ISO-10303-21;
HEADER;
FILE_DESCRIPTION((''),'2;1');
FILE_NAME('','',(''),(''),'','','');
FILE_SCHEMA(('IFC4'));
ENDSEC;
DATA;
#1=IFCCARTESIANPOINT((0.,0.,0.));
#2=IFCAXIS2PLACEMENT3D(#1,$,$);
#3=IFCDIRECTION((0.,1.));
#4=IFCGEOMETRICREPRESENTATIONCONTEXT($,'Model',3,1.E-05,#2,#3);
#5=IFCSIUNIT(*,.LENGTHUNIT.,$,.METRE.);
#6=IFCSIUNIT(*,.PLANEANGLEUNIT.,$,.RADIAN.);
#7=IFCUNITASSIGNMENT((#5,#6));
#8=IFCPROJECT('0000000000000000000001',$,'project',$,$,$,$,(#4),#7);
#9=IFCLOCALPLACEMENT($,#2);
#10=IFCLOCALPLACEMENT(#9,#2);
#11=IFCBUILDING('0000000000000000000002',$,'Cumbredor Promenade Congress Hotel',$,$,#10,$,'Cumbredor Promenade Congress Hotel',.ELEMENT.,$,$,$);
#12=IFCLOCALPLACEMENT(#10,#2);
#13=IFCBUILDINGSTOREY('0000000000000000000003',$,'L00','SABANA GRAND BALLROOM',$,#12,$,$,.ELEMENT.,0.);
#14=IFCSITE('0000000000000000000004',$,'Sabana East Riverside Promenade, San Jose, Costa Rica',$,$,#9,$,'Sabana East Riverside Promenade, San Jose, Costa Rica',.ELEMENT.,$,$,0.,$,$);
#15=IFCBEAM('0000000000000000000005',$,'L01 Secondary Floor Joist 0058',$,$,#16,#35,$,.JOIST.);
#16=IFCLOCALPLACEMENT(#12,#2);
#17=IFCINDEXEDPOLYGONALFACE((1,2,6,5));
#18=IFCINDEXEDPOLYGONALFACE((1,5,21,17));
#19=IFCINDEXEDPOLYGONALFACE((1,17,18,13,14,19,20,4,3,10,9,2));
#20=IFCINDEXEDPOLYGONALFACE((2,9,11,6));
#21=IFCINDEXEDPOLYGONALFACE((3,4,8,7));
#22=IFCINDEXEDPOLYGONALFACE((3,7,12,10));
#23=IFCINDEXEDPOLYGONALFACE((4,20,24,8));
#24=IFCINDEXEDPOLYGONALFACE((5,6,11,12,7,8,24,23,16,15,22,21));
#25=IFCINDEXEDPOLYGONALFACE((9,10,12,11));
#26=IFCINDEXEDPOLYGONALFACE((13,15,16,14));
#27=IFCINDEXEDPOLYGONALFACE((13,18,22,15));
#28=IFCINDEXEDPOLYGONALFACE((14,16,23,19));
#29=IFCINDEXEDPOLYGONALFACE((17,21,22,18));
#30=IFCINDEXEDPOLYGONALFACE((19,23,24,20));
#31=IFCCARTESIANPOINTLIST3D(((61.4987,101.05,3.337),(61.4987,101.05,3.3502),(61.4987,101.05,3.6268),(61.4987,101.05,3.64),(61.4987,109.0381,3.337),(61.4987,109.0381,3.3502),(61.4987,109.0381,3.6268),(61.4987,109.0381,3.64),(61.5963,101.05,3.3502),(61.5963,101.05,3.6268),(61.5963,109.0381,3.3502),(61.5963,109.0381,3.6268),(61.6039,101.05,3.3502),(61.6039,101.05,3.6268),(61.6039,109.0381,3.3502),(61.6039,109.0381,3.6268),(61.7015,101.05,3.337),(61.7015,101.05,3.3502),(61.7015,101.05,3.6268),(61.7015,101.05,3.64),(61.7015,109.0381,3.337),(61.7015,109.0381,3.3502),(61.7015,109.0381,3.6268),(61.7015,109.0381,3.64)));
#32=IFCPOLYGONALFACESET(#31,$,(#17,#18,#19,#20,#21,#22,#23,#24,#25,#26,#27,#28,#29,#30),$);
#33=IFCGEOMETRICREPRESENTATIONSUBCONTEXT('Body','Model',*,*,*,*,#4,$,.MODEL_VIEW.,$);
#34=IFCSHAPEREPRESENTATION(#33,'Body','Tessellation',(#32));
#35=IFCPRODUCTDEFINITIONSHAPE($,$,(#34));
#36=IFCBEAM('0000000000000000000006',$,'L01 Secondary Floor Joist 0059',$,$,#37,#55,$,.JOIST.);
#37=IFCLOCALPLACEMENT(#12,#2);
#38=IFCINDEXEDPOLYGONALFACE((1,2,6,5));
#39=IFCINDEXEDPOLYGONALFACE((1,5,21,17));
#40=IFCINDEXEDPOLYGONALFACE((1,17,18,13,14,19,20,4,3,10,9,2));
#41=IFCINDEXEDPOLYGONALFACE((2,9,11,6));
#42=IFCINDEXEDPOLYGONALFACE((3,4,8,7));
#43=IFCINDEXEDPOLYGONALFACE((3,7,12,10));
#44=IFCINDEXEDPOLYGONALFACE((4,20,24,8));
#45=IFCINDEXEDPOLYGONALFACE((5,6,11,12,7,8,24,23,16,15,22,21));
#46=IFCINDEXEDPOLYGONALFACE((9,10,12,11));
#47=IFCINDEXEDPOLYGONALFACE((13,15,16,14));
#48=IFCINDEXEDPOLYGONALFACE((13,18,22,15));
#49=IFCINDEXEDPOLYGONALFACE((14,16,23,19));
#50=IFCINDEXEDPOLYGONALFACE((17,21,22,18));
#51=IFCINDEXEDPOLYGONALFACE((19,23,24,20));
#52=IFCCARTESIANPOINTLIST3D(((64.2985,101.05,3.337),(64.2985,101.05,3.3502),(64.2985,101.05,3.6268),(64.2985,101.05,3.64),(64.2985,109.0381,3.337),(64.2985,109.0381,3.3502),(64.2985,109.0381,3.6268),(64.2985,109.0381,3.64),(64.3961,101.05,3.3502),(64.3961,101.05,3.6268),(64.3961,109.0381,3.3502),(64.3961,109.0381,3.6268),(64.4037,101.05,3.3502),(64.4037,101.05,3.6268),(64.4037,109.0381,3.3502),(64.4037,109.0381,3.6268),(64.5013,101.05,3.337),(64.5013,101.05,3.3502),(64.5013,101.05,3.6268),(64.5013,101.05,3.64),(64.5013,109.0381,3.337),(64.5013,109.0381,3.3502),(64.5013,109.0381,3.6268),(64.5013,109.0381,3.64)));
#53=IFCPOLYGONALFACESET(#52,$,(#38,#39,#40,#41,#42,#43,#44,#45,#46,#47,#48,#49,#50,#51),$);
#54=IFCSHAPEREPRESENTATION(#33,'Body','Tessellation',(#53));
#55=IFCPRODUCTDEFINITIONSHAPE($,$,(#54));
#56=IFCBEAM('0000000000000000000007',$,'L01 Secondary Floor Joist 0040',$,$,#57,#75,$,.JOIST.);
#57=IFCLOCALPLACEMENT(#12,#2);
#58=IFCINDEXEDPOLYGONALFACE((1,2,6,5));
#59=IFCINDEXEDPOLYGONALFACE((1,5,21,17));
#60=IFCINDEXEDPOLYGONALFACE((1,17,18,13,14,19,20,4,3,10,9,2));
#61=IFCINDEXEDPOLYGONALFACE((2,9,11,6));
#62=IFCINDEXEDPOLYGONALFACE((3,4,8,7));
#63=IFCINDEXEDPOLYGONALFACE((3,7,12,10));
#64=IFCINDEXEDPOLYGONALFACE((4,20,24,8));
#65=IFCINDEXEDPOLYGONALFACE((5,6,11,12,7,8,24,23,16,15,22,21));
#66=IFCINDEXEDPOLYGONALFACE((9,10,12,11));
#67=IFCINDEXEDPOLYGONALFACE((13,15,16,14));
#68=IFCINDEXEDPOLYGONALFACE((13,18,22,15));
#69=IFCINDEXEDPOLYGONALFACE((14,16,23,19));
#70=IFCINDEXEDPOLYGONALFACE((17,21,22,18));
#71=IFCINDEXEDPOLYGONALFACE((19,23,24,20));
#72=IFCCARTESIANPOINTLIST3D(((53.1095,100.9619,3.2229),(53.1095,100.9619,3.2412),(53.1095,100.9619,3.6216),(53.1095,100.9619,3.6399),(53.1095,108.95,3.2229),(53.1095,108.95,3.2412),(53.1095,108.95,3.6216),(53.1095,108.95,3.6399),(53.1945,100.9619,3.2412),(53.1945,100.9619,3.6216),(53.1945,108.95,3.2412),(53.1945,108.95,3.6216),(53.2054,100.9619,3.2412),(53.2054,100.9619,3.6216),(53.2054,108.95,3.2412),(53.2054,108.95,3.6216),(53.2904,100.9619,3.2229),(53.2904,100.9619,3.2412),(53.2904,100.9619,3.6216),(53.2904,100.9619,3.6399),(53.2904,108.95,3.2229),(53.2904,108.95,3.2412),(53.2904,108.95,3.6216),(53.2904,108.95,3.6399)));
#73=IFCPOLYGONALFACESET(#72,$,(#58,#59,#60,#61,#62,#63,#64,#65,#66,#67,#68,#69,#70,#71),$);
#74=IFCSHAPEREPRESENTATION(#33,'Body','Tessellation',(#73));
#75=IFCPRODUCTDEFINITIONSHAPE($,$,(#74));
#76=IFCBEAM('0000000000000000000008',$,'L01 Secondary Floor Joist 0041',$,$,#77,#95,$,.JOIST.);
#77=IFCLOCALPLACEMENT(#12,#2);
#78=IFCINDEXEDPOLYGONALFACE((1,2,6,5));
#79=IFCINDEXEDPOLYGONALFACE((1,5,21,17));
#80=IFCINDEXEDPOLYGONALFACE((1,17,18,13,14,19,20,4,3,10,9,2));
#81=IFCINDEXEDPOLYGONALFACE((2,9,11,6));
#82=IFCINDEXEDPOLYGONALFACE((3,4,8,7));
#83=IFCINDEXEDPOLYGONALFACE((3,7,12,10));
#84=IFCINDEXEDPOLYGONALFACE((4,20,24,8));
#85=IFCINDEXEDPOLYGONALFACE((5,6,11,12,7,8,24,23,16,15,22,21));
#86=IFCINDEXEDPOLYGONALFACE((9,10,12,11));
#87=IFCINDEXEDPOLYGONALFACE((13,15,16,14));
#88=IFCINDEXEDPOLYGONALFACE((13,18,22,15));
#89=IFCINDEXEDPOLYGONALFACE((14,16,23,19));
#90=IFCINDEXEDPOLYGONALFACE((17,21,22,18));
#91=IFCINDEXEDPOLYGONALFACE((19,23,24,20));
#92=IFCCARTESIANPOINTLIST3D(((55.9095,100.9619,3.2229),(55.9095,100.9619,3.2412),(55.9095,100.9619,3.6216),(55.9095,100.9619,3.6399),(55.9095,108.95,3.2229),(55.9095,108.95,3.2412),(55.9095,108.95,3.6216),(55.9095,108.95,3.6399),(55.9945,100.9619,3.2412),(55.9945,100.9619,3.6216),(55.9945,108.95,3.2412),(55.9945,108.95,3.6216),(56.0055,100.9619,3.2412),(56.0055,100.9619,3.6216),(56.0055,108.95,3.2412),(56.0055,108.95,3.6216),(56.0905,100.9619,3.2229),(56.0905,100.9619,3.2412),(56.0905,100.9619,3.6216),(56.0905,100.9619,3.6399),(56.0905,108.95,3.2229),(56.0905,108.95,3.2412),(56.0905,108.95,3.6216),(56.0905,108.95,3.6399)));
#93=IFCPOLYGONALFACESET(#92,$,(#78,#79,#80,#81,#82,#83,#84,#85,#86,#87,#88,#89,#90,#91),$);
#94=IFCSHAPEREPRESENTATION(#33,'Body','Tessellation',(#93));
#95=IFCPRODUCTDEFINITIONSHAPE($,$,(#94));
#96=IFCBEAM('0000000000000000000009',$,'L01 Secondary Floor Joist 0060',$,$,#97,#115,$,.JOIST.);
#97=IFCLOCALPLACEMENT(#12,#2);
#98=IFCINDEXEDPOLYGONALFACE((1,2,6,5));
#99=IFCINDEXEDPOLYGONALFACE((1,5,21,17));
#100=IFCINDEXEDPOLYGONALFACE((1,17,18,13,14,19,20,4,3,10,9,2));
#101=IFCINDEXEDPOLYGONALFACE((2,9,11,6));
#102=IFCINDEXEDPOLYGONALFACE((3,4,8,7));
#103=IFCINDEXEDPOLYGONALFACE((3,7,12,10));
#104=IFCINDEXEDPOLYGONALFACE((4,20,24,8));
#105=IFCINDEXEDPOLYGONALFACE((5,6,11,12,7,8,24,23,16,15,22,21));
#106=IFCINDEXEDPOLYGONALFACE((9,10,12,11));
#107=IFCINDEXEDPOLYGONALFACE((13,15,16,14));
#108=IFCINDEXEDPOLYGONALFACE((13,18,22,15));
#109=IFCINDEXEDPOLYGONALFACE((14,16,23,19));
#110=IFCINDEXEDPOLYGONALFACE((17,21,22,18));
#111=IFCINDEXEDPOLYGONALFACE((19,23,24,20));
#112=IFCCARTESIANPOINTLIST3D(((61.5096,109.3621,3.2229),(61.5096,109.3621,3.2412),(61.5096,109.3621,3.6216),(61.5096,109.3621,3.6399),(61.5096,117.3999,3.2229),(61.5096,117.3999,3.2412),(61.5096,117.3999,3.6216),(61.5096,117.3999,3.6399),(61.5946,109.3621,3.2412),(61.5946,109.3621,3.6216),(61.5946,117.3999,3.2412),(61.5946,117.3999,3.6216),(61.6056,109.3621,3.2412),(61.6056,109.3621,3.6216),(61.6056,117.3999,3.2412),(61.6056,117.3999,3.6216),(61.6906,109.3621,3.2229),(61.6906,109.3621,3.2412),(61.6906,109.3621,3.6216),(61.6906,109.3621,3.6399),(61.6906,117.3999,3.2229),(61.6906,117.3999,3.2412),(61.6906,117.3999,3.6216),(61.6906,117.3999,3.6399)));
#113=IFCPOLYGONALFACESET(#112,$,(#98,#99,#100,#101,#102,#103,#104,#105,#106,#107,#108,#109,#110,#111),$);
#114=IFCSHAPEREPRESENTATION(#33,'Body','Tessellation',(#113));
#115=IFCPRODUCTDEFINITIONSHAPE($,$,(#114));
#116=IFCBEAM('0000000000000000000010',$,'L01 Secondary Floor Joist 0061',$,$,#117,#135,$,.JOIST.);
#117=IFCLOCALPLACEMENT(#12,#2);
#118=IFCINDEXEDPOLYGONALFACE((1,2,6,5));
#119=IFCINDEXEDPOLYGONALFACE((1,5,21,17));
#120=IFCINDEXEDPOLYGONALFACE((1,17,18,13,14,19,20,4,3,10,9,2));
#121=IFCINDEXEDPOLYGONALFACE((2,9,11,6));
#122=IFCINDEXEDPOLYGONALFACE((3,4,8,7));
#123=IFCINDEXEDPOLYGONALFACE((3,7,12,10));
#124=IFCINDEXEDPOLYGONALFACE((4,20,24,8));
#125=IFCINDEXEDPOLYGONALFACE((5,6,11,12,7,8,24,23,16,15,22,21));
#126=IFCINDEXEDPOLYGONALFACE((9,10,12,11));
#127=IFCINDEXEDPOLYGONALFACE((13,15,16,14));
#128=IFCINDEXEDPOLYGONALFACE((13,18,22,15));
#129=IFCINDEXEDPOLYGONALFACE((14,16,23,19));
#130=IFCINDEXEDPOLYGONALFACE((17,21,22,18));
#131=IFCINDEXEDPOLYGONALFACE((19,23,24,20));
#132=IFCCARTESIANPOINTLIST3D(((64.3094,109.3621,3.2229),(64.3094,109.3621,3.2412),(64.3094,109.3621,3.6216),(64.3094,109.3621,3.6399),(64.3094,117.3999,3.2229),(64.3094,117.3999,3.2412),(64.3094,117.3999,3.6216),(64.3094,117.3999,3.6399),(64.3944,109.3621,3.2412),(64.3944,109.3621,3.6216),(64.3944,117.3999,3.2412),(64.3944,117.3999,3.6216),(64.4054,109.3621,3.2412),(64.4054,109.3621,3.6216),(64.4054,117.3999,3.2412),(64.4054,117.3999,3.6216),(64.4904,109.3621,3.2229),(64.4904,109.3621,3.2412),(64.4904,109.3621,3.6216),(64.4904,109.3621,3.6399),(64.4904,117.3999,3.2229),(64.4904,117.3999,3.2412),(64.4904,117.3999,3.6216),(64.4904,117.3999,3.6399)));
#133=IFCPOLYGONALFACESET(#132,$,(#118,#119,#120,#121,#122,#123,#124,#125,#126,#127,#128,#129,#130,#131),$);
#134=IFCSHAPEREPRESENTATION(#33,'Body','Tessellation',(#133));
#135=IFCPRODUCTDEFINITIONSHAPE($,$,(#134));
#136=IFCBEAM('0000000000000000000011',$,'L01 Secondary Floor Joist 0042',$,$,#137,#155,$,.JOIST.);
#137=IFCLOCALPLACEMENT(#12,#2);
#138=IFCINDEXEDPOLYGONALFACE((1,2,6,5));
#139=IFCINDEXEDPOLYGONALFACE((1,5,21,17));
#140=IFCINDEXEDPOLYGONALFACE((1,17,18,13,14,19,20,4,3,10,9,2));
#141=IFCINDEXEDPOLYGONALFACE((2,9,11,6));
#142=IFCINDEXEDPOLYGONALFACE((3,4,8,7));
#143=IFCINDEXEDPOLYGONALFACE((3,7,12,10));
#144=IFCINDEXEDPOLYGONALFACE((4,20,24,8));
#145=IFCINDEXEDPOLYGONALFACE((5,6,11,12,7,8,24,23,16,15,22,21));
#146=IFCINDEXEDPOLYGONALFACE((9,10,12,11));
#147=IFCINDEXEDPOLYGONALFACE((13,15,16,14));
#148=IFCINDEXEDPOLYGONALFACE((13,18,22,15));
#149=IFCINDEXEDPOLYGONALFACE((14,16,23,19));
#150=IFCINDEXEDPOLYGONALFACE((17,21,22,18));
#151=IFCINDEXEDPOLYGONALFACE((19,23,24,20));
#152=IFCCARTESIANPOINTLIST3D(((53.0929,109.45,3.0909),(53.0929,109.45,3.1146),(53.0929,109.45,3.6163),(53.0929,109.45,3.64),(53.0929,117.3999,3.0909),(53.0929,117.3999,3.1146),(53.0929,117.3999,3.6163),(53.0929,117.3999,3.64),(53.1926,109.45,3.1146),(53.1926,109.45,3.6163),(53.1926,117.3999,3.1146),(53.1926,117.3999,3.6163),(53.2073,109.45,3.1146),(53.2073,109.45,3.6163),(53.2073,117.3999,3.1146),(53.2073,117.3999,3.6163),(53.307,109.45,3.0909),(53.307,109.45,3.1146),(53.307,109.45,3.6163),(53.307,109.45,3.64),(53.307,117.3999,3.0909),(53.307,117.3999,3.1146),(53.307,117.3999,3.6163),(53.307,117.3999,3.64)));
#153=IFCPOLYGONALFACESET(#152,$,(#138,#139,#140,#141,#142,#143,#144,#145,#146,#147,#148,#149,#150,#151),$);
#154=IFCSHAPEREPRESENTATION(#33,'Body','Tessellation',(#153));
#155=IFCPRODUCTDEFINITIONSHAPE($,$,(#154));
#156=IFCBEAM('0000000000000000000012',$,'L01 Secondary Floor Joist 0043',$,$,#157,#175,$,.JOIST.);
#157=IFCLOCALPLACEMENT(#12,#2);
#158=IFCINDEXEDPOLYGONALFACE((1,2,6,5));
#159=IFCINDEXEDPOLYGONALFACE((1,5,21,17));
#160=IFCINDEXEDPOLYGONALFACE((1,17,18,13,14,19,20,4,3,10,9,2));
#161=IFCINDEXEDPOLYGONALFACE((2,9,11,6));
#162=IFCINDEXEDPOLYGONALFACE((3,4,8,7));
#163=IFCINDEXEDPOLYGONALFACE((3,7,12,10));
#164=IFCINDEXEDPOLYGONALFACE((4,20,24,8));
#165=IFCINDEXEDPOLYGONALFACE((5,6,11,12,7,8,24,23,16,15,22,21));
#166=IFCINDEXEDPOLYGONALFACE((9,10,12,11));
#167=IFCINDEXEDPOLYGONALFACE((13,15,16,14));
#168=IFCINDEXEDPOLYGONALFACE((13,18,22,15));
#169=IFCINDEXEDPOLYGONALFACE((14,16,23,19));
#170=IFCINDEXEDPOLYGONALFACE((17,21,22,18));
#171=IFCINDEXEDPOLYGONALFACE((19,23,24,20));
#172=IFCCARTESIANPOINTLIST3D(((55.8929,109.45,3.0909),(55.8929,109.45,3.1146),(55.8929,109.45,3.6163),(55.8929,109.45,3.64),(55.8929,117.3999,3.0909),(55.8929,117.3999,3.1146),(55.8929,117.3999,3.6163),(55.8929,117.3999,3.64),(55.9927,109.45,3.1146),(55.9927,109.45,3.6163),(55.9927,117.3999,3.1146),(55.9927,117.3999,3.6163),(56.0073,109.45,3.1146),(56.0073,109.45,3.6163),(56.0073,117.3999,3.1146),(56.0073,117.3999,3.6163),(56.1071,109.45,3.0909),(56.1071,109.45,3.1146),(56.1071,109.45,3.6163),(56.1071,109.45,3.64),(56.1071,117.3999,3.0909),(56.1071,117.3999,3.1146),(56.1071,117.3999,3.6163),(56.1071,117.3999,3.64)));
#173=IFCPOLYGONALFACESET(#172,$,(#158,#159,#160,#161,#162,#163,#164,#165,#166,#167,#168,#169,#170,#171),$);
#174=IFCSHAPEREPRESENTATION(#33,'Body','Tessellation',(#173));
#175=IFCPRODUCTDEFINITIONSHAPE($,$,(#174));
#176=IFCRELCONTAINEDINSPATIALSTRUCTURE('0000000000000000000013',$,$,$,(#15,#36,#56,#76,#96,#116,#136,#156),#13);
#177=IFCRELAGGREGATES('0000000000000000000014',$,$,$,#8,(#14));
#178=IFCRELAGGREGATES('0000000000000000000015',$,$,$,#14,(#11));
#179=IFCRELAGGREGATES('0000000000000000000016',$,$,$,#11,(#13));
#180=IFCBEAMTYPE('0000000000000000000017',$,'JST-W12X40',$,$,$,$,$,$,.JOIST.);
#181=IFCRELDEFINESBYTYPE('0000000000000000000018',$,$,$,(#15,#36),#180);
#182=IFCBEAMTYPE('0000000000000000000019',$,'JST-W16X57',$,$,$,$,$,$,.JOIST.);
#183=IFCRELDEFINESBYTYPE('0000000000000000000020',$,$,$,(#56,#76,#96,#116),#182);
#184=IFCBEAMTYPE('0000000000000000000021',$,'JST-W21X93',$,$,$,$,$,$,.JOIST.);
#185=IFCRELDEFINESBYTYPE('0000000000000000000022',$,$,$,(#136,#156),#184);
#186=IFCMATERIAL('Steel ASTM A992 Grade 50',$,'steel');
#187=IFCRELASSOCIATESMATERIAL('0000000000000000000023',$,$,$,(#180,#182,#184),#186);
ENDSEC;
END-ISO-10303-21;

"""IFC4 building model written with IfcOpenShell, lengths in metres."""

from ifc_helpers import new_model, si_unit, direction, frame, origin, origin_2d, place, context, subcontext, project, spatial, i_section, extrude, material, material_profile, profile_set, type_object, element, save


model = new_model("IFC4")

# Units and contexts
model_context = context("Model", 3, precision=1e-05, world=origin(), true_north=direction((0.0, 1.0)))
body_context = subcontext(model_context, "Body", "Model", "MODEL_VIEW")
ifc_project = project(units=[si_unit("LENGTHUNIT", "METRE"), si_unit("PLANEANGLEUNIT", "RADIAN")], contexts=[model_context])

# Site, building, storey
site_placement = place(None, origin())
site = spatial("IfcSite", under=ifc_project, at=site_placement, Name="Sabana East Riverside Promenade, San Jose, Costa Rica", LongName="Sabana East Riverside Promenade, San Jose, Costa Rica", CompositionType="ELEMENT", RefElevation=0.0)
building_placement = place(site_placement, origin())
building = spatial("IfcBuilding", under=site, at=building_placement, Name="Cumbredor Promenade Congress Hotel", LongName="Cumbredor Promenade Congress Hotel", CompositionType="ELEMENT")
storey_placement = place(building_placement, origin())
storey = spatial("IfcBuildingStorey", under=building, at=storey_placement, Name="L00", Description="SABANA GRAND BALLROOM", CompositionType="ELEMENT", Elevation=0.0)

# Beams
ifc_material_1 = material(Name="Steel ASTM A992 Grade 50", Category="steel")
ifc_material_profile_1 = material_profile(ifc_material_1, i_section(OverallWidth=0.2029, OverallDepth=0.303, WebThickness=0.0076, FlangeThickness=0.0132, at=origin_2d()), Name="W12X40")
ifc_profile_set_1 = profile_set([ifc_material_profile_1], Name="Steel ASTM A992 Grade 50")
beam_type_1 = type_object("IfcBeamType", Name="JST-W12X40", PredefinedType="JOIST", material=ifc_profile_set_1)
for number, where, z_axis, x_axis, name in (
    (1, (61.6001, 101.05, 3.4885), (0.0, 1.0, 0.0), (-1.0, 0.0, 0.0), "L01 Secondary Floor Joist 0058"),
    (2, (64.3999, 101.05, 3.4885), (0.0, 1.0, 0.0), (-1.0, 0.0, 0.0), "L01 Secondary Floor Joist 0059"),
):
    element("IfcBeam", number, at=place(storey_placement, frame(where, z_axis=z_axis, x_axis=x_axis)), inside=storey, type_object=beam_type_1, Name=name, PredefinedType="JOIST", context=body_context, shape_type="SweptSolid", body=[
        extrude(i_section(OverallWidth=0.2029, OverallDepth=0.303, WebThickness=0.0076, FlangeThickness=0.0132, at=origin_2d()), origin(), (0.0, 0.0, 1.0), 7.988),
    ])
ifc_material_profile_2 = material_profile(ifc_material_1, i_section(OverallWidth=0.1809, OverallDepth=0.417, WebThickness=0.011, FlangeThickness=0.0183, at=origin_2d()), Name="W16X57")
ifc_profile_set_2 = profile_set([ifc_material_profile_2], Name="Steel ASTM A992 Grade 50")
beam_type_2 = type_object("IfcBeamType", Name="JST-W16X57", PredefinedType="JOIST", material=ifc_profile_set_2)
for number, where, z_axis, x_axis, name in (
    (3, (53.2, 100.9619, 3.4314), (0.0, 1.0, 0.0), (-1.0, 0.0, 0.0), "L01 Secondary Floor Joist 0040"),
    (4, (56.0, 100.9619, 3.4314), (0.0, 1.0, 0.0), (-1.0, 0.0, 0.0), "L01 Secondary Floor Joist 0041"),
):
    element("IfcBeam", number, at=place(storey_placement, frame(where, z_axis=z_axis, x_axis=x_axis)), inside=storey, type_object=beam_type_2, Name=name, PredefinedType="JOIST", context=body_context, shape_type="SweptSolid", body=[
        extrude(i_section(OverallWidth=0.1809, OverallDepth=0.417, WebThickness=0.011, FlangeThickness=0.0183, at=origin_2d()), origin(), (0.0, 0.0, 1.0), 7.988),
    ])
for number, where, z_axis, x_axis, name in (
    (5, (61.6001, 109.3621, 3.4314), (0.0, 1.0, 0.0), (-1.0, 0.0, 0.0), "L01 Secondary Floor Joist 0060"),
    (6, (64.3999, 109.3621, 3.4314), (0.0, 1.0, 0.0), (-1.0, 0.0, 0.0), "L01 Secondary Floor Joist 0061"),
):
    element("IfcBeam", number, at=place(storey_placement, frame(where, z_axis=z_axis, x_axis=x_axis)), inside=storey, type_object=beam_type_2, Name=name, PredefinedType="JOIST", context=body_context, shape_type="SweptSolid", body=[
        extrude(i_section(OverallWidth=0.1809, OverallDepth=0.417, WebThickness=0.011, FlangeThickness=0.0183, at=origin_2d()), origin(), (0.0, 0.0, 1.0), 8.0378),
    ])
ifc_material_profile_3 = material_profile(ifc_material_1, i_section(OverallWidth=0.2141, OverallDepth=0.5491, WebThickness=0.0146, FlangeThickness=0.0237, at=origin_2d()), Name="W21X93")
ifc_profile_set_3 = profile_set([ifc_material_profile_3], Name="Steel ASTM A992 Grade 50")
beam_type_3 = type_object("IfcBeamType", Name="JST-W21X93", PredefinedType="JOIST", material=ifc_profile_set_3)
for number, where, z_axis, x_axis, name in (
    (7, (53.2, 109.45, 3.3655), (0.0, 1.0, 0.0), (-1.0, 0.0, 0.0), "L01 Secondary Floor Joist 0042"),
    (8, (56.0, 109.45, 3.3655), (0.0, 1.0, 0.0), (-1.0, 0.0, 0.0), "L01 Secondary Floor Joist 0043"),
):
    element("IfcBeam", number, at=place(storey_placement, frame(where, z_axis=z_axis, x_axis=x_axis)), inside=storey, type_object=beam_type_3, Name=name, PredefinedType="JOIST", context=body_context, shape_type="SweptSolid", body=[
        extrude(i_section(OverallWidth=0.2141, OverallDepth=0.5491, WebThickness=0.0146, FlangeThickness=0.0237, at=origin_2d()), origin(), (0.0, 0.0, 1.0), 7.95),
    ])

save(model, "model.ifc")
